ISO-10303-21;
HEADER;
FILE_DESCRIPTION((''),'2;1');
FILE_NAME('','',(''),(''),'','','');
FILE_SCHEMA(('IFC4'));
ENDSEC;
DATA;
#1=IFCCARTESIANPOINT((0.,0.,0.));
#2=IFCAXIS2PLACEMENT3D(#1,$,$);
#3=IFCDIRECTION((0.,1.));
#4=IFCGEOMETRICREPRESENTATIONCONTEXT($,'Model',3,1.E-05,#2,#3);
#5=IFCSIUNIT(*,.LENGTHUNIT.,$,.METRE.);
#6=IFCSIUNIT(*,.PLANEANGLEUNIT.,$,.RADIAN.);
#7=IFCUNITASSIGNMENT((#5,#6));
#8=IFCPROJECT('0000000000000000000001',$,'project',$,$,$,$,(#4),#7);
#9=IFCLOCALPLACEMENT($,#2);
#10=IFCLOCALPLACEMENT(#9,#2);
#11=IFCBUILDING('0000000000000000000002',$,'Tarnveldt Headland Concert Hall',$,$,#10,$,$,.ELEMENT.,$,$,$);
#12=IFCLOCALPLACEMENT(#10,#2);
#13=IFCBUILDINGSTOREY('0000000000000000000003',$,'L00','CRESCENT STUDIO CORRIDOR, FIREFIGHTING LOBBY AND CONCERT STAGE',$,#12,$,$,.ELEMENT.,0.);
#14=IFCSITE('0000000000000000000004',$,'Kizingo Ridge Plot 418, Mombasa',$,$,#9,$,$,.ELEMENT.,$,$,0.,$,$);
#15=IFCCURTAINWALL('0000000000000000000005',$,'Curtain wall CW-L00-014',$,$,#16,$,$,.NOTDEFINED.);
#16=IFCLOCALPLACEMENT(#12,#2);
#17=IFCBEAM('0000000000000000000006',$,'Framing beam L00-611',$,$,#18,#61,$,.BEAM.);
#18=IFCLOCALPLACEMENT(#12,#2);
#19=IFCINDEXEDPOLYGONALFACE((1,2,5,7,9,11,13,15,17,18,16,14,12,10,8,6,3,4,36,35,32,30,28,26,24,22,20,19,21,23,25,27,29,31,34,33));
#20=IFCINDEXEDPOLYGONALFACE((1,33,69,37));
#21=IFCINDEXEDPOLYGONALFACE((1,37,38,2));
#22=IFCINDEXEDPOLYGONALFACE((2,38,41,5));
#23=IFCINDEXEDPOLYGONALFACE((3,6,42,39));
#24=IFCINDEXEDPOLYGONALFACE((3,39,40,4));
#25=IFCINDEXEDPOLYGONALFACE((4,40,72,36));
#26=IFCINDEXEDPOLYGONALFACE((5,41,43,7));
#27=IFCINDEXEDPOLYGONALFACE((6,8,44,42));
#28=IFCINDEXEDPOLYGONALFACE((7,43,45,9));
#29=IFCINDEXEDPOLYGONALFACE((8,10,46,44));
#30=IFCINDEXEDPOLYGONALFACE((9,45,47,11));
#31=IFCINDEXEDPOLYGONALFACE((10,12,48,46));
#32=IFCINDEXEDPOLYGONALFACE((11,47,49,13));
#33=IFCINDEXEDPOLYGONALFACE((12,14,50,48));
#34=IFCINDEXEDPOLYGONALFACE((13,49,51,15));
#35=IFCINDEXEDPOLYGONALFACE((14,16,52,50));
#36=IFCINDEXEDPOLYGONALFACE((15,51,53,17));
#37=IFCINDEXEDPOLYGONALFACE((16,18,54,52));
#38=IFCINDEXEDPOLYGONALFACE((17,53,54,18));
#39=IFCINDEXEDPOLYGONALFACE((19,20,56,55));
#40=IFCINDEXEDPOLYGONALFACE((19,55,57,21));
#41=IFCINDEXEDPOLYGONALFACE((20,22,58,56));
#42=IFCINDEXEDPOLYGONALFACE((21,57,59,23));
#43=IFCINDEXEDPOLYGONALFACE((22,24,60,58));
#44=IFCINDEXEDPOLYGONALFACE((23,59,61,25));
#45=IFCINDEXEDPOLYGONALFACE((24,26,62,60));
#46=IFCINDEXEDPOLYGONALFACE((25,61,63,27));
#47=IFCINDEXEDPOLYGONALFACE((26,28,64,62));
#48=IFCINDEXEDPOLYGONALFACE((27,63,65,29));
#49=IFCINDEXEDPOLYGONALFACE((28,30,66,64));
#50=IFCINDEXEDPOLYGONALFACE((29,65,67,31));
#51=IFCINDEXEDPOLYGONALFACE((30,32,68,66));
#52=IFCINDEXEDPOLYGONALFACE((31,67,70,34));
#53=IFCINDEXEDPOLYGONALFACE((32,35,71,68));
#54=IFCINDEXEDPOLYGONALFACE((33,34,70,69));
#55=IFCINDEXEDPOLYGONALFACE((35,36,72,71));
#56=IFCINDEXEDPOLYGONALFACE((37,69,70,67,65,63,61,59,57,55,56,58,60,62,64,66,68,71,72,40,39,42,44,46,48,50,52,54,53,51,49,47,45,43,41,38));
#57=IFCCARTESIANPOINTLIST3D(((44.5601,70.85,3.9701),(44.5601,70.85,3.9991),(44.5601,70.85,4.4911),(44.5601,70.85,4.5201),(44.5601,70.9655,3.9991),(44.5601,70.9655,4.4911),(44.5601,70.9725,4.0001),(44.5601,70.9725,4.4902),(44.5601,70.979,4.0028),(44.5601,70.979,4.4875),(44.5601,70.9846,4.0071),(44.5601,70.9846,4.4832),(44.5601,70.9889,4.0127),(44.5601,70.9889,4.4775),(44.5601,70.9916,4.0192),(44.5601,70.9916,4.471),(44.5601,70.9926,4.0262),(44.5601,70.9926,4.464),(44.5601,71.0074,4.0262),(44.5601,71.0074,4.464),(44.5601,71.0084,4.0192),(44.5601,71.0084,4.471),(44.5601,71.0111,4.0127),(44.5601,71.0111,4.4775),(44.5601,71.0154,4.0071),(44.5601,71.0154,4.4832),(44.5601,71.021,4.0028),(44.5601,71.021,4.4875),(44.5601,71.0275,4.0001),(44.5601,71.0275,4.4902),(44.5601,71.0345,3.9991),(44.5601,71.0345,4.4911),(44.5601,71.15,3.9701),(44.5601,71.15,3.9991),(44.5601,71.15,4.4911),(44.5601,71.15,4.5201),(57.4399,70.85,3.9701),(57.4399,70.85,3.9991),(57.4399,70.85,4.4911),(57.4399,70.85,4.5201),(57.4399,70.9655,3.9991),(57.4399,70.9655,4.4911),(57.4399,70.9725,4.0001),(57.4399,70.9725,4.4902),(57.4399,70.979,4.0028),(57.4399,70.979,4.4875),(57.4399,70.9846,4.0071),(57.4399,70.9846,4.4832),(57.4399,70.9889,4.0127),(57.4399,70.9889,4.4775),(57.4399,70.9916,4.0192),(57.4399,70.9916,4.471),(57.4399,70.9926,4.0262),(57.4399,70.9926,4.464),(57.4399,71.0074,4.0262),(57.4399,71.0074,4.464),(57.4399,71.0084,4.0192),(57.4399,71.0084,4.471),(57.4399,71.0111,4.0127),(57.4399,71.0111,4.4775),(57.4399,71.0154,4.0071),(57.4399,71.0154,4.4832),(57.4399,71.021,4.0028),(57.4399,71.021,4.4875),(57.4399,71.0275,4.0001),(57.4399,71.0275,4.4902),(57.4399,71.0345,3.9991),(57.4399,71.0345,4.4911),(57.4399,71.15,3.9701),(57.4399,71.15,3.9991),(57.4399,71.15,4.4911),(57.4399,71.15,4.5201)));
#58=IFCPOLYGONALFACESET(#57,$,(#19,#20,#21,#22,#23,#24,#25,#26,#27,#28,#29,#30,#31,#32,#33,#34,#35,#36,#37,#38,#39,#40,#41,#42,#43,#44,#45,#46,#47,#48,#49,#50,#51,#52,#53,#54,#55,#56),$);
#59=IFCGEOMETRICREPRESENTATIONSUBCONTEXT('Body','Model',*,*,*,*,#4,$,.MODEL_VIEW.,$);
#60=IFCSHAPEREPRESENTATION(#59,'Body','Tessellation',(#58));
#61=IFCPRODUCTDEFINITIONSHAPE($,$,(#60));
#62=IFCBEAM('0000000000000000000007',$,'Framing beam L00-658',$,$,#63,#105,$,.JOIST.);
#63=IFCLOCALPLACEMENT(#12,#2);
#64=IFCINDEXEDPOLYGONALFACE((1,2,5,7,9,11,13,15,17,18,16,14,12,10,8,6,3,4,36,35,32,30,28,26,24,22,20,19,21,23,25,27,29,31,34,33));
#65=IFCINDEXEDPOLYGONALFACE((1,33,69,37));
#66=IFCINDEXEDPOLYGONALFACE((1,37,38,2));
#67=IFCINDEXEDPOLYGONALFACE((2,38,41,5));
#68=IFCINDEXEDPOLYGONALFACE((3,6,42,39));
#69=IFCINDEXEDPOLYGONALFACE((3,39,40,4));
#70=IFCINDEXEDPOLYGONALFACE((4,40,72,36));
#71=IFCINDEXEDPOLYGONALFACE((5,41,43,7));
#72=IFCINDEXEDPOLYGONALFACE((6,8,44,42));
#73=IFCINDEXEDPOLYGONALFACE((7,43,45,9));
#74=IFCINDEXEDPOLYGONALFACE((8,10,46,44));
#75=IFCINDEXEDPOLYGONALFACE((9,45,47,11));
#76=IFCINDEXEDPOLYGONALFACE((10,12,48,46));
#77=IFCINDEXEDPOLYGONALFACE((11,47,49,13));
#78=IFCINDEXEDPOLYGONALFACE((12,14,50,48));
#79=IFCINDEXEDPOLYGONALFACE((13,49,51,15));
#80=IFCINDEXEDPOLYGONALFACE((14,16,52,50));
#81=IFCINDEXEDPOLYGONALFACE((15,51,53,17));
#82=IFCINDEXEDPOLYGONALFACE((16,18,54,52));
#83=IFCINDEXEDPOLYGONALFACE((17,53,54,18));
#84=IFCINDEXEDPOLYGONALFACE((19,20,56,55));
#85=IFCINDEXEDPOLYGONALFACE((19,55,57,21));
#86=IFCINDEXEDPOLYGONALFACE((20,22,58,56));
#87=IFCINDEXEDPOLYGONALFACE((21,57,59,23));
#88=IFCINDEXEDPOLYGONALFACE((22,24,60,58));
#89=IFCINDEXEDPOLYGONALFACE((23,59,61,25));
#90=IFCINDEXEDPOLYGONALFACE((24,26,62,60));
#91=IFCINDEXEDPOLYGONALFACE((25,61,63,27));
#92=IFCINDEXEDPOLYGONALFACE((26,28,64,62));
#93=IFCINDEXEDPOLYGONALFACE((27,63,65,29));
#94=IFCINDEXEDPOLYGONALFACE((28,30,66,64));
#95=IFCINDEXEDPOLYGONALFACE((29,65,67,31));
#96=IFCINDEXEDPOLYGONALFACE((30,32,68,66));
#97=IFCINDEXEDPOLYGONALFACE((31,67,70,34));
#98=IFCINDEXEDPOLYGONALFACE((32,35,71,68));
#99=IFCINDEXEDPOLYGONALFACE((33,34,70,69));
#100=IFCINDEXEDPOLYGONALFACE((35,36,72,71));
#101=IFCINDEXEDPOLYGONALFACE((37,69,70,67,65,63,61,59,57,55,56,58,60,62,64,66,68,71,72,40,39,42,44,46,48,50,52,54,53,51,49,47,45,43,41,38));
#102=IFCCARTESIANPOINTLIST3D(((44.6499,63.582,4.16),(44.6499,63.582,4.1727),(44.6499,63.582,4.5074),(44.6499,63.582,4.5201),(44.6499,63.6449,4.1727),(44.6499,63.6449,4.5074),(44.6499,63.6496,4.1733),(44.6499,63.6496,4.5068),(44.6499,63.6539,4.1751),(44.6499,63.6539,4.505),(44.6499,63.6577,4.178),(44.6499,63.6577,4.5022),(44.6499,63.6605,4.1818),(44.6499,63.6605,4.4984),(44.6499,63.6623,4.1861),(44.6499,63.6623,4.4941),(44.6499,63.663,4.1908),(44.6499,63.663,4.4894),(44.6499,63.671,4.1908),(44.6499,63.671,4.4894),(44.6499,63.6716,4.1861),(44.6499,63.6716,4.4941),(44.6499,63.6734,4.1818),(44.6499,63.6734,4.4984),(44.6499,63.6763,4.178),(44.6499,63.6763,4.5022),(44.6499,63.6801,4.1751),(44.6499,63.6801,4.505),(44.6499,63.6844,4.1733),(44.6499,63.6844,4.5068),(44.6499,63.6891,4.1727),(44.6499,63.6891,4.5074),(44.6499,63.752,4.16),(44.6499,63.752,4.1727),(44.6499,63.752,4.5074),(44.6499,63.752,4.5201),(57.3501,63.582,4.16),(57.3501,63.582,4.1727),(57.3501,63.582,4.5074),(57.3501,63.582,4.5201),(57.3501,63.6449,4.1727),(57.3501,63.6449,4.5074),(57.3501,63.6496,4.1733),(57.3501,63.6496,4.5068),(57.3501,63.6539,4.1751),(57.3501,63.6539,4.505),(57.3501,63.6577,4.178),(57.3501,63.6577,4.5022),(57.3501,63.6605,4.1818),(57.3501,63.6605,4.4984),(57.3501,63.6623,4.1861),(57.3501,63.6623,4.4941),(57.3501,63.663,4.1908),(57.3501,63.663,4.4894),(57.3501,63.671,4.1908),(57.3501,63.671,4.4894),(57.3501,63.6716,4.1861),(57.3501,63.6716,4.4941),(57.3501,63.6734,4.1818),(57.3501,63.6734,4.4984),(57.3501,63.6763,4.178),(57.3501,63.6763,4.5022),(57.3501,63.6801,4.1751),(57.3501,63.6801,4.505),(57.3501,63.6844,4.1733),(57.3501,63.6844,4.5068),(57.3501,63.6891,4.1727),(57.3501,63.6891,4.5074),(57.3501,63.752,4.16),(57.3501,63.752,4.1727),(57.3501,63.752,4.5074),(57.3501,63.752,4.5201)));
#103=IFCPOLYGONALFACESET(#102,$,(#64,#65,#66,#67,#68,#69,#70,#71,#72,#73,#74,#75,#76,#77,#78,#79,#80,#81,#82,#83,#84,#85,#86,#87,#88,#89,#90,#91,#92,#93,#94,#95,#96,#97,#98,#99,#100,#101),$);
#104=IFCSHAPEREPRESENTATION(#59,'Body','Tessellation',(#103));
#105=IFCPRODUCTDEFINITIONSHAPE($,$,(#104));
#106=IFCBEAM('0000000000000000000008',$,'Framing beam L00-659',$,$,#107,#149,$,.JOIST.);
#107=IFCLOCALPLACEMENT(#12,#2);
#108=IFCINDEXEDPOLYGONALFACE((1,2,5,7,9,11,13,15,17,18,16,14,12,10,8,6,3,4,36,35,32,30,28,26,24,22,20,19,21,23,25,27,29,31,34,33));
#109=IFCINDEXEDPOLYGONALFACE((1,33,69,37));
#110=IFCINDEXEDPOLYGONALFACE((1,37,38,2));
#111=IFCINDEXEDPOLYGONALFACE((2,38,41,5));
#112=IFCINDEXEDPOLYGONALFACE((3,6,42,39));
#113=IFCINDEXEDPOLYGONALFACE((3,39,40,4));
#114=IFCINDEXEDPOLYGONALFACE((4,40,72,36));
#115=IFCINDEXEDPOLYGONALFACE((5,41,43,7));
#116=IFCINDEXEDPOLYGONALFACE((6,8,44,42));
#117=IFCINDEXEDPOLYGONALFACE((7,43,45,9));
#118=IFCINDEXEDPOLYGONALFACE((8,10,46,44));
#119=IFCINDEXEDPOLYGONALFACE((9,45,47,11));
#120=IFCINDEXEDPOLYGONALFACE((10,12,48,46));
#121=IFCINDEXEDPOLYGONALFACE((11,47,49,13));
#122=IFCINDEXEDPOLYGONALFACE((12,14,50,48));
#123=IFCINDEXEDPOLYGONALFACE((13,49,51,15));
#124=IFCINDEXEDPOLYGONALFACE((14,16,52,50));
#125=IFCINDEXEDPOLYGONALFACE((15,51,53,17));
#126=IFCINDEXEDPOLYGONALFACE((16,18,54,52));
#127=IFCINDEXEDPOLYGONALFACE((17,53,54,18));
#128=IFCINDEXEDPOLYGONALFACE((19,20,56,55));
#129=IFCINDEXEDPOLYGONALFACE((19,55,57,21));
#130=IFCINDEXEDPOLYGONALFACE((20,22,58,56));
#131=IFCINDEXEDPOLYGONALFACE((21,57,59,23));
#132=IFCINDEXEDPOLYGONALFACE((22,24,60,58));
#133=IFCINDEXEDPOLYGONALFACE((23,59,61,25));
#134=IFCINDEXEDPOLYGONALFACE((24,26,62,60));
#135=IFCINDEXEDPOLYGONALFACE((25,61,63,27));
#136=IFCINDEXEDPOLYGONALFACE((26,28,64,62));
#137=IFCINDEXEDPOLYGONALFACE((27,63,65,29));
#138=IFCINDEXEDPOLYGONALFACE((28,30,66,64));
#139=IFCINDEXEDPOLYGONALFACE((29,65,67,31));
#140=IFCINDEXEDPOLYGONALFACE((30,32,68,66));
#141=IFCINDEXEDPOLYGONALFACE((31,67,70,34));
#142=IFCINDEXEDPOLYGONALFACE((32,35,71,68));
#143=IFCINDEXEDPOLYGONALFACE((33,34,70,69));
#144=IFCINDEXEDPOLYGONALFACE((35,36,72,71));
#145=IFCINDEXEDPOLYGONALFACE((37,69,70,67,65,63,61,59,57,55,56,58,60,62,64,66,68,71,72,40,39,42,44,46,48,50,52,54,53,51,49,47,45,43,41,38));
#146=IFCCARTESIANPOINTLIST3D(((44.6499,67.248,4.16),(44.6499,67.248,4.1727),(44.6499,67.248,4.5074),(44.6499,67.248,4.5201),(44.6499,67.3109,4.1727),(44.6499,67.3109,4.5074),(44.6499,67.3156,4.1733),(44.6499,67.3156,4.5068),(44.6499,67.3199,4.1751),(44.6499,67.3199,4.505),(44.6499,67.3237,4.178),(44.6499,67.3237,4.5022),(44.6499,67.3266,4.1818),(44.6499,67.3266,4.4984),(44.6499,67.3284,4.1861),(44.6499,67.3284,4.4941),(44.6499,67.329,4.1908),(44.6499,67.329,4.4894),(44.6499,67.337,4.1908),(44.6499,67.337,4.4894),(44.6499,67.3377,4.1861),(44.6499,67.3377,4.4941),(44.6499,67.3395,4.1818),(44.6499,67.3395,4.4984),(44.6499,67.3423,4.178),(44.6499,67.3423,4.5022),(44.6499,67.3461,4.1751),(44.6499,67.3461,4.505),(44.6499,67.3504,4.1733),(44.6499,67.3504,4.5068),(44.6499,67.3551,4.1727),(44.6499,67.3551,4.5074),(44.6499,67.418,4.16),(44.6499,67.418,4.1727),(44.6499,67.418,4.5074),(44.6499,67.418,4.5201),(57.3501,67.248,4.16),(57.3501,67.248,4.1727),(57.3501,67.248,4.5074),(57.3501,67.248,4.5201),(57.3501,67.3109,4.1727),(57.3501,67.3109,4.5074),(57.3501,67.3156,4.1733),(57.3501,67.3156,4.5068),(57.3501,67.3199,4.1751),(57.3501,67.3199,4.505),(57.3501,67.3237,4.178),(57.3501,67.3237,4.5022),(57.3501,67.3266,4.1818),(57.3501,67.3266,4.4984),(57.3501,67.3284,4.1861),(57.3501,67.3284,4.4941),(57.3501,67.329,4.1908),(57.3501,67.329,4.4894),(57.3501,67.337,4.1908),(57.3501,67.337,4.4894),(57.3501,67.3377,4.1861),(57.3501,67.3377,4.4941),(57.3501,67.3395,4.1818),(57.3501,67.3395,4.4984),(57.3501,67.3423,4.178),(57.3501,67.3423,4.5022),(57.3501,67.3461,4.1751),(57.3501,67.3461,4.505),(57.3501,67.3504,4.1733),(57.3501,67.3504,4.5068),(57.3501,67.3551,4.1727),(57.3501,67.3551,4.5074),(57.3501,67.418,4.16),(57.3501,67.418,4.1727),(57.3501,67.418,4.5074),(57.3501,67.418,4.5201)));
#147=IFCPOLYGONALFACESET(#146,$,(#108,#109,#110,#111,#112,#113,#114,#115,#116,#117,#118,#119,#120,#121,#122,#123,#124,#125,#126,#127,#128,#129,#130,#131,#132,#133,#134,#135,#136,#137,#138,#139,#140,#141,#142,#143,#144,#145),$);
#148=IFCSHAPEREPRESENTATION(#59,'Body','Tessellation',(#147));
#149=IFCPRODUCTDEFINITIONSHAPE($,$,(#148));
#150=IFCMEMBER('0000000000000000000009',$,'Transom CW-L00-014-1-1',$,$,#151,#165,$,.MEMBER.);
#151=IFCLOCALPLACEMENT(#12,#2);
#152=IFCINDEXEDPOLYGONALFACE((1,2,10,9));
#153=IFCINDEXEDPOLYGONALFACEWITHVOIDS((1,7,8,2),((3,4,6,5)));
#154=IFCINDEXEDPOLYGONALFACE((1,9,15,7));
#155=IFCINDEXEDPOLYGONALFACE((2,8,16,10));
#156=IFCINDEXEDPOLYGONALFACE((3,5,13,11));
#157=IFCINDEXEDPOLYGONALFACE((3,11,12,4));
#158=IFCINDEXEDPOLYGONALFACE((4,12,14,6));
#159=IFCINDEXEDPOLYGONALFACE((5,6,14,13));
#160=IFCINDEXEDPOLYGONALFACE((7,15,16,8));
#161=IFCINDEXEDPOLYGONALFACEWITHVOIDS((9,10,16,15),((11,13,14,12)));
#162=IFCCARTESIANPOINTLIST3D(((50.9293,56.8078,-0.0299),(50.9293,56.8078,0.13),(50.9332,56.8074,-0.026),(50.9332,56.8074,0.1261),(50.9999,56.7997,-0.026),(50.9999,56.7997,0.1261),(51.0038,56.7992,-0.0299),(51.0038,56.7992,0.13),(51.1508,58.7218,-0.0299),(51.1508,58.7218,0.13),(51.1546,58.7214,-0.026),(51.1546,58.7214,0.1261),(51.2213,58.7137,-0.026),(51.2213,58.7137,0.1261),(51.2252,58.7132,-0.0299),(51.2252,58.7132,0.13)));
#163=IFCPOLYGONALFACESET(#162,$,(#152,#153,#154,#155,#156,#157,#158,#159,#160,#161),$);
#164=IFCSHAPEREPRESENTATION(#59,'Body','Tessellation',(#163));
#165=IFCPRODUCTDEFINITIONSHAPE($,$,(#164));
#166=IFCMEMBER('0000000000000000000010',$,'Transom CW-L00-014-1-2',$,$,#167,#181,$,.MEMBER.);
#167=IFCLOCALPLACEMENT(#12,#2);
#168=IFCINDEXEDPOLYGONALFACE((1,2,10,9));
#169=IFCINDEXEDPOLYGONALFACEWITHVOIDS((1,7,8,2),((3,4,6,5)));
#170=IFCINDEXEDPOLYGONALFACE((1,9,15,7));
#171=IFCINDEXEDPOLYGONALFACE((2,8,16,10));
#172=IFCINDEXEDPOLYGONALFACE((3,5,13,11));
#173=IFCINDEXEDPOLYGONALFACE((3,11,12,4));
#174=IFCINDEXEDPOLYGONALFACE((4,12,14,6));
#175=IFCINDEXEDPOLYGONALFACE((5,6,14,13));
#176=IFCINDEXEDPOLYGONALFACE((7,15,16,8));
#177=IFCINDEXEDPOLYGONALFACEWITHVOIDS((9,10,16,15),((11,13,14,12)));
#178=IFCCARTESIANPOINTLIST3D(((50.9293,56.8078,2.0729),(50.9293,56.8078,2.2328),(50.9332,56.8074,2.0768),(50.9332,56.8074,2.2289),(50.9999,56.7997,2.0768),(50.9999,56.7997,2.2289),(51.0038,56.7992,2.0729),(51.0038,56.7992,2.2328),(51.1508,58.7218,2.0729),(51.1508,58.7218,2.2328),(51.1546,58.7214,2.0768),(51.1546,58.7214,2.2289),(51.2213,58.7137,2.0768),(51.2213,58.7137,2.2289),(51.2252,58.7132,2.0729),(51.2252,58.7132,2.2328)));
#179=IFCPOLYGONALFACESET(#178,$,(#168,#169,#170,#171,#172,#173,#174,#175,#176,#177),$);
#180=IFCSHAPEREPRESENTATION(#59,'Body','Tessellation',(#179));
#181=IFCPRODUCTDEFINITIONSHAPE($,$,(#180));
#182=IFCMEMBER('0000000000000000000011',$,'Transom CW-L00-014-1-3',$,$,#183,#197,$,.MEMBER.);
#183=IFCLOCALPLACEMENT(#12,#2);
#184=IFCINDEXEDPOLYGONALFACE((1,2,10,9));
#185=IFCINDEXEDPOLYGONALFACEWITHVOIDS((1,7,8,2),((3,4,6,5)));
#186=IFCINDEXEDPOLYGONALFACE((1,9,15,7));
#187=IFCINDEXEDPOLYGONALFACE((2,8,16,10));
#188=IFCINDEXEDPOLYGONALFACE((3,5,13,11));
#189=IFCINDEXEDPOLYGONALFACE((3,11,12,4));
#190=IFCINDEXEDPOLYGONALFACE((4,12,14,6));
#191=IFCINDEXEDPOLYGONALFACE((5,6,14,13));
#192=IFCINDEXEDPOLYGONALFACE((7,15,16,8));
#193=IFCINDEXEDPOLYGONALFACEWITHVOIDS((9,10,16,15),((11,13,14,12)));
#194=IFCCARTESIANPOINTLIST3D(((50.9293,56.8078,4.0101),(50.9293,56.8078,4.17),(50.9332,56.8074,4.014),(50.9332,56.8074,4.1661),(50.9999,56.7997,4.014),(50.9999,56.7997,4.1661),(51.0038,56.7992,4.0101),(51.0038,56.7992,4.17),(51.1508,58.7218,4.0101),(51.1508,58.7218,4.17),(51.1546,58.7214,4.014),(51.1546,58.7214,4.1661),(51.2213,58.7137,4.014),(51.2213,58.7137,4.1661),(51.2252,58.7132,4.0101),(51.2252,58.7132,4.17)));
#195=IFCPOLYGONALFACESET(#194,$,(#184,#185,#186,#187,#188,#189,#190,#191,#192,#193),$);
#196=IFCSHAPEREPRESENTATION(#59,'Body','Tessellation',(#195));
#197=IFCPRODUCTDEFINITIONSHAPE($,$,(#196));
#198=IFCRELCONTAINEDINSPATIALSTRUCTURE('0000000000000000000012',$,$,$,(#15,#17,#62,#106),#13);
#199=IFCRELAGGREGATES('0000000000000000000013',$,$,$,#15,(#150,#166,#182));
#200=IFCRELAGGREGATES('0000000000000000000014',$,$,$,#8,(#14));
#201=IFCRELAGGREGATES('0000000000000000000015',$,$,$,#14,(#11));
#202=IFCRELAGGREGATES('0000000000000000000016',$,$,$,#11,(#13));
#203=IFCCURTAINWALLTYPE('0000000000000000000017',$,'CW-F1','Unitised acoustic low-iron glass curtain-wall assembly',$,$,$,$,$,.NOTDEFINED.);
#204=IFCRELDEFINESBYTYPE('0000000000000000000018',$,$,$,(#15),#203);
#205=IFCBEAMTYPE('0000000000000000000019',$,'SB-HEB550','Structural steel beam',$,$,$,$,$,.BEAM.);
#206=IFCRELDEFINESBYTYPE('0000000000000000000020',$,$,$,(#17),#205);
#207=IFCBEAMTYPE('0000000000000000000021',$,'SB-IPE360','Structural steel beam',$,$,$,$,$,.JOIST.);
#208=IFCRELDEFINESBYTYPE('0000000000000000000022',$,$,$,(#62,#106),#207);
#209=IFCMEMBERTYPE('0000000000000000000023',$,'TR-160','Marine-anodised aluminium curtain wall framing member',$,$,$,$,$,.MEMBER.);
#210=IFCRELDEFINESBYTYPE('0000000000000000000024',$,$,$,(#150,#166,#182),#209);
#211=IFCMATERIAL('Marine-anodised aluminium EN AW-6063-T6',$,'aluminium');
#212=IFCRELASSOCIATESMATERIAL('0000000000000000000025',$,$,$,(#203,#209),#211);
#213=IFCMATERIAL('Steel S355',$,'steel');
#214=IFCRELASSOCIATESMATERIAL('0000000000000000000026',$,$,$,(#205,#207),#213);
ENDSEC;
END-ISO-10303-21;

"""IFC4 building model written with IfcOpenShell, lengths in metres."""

from ifc_helpers import new_model, si_unit, direction, frame, origin, origin_2d, place, context, subcontext, project, spatial, hollow_rectangle, i_section, extrude, material, material_profile, profile_set, type_object, element, aggregate, save


model = new_model("IFC4")

# Units and contexts
model_context = context("Model", 3, precision=1e-05, world=origin(), true_north=direction((0.0, 1.0)))
body_context = subcontext(model_context, "Body", "Model", "MODEL_VIEW")
ifc_project = project(units=[si_unit("LENGTHUNIT", "METRE"), si_unit("PLANEANGLEUNIT", "RADIAN")], contexts=[model_context])

# Site, building, storey
site_placement = place(None, origin())
site = spatial("IfcSite", under=ifc_project, at=site_placement, Name="Kizingo Ridge Plot 418, Mombasa", CompositionType="ELEMENT", RefElevation=0.0)
building_placement = place(site_placement, origin())
building = spatial("IfcBuilding", under=site, at=building_placement, Name="Tarnveldt Headland Concert Hall", CompositionType="ELEMENT")
storey_placement = place(building_placement, origin())
storey = spatial("IfcBuildingStorey", under=building, at=storey_placement, Name="L00", Description="CRESCENT STUDIO CORRIDOR, FIREFIGHTING LOBBY AND CONCERT STAGE", CompositionType="ELEMENT", Elevation=0.0)

# Shared definitions
ifc_material_1 = material(Name="Steel S355", Category="steel")

# Curtain wall
ifc_material_2 = material(Name="Marine-anodised aluminium EN AW-6063-T6", Category="aluminium")
curtain_wall_type = type_object("IfcCurtainWallType", Name="CW-F1", Description="Unitised acoustic low-iron glass curtain-wall assembly", PredefinedType="NOTDEFINED", material=ifc_material_2)
curtain_wall_1_placement = place(storey_placement, origin())
curtain_wall_1 = element("IfcCurtainWall", 1, at=curtain_wall_1_placement, inside=storey, type_object=curtain_wall_type, Name="Curtain wall CW-L00-014", PredefinedType="NOTDEFINED")

# Beams
ifc_material_profile_1 = material_profile(ifc_material_1, i_section(OverallWidth=0.3, OverallDepth=0.55, WebThickness=0.0149, FlangeThickness=0.0291, FilletRadius=0.0271, at=origin_2d()), Name="HEB550", Category="steel")
ifc_profile_set_1 = profile_set([ifc_material_profile_1], Name="Steel S355")
beam_type_1 = type_object("IfcBeamType", Name="SB-HEB550", Description="Structural steel beam", PredefinedType="BEAM", material=ifc_profile_set_1)
beam_1_placement = place(storey_placement, frame((44.5601, 71.0, 4.2451), z_axis=(1.0, 0.0, 0.0), x_axis=(0.0, 1.0, 0.0)))
element("IfcBeam", 2, at=beam_1_placement, inside=storey, type_object=beam_type_1, Name="Framing beam L00-611", PredefinedType="BEAM", context=body_context, shape_type="SweptSolid", body=[
    extrude(i_section(OverallWidth=0.3, OverallDepth=0.55, WebThickness=0.0149, FlangeThickness=0.0291, FilletRadius=0.0271, at=origin_2d()), origin(), (0.0, 0.0, 1.0), 12.8799),
])
ifc_material_profile_2 = material_profile(ifc_material_1, i_section(OverallWidth=0.1699, OverallDepth=0.3601, WebThickness=0.0081, FlangeThickness=0.0127, FilletRadius=0.0181, at=origin_2d()), Name="IPE360", Category="steel")
ifc_profile_set_2 = profile_set([ifc_material_profile_2], Name="Steel S355")
beam_type_2 = type_object("IfcBeamType", Name="SB-IPE360", Description="Structural steel beam", PredefinedType="JOIST", material=ifc_profile_set_2)
for number, where, z_axis, x_axis, name in (
    (3, (44.6499, 63.667, 4.3401), (1.0, 0.0, 0.0), (0.0, 1.0, 0.0), "Framing beam L00-658"),
    (4, (44.6499, 67.333, 4.3401), (1.0, 0.0, 0.0), (0.0, 1.0, 0.0), "Framing beam L00-659"),
):
    element("IfcBeam", number, at=place(storey_placement, frame(where, z_axis=z_axis, x_axis=x_axis)), inside=storey, type_object=beam_type_2, Name=name, PredefinedType="JOIST", context=body_context, shape_type="SweptSolid", body=[
        extrude(i_section(OverallWidth=0.1699, OverallDepth=0.3601, WebThickness=0.0081, FlangeThickness=0.0127, FilletRadius=0.0181, at=origin_2d()), origin(), (0.0, 0.0, 1.0), 12.7002),
    ])

# Members
ifc_material_profile_3 = material_profile(ifc_material_2, hollow_rectangle(XDim=0.075, YDim=0.1599, WallThickness=0.0039, at=origin_2d()), Name="ALU TRANSOM 75x160x4", Category="aluminium")
ifc_profile_set_3 = profile_set([ifc_material_profile_3], Name="Marine-anodised aluminium EN AW-6063-T6")
member_type_1 = type_object("IfcMemberType", Name="TR-160", Description="Marine-anodised aluminium curtain wall framing member", PredefinedType="MEMBER", material=ifc_profile_set_3)
member_1_placement = place(storey_placement, frame((51.188, 58.7175, 0.05), z_axis=(-0.114922, -0.993374, 0.0), x_axis=(0.993374, -0.114922, 0.0)))
member_1 = element("IfcMember", 5, at=member_1_placement, type_object=member_type_1, Name="Transom CW-L00-014-1-1", PredefinedType="MEMBER", context=body_context, shape_type="SweptSolid", body=[
    extrude(hollow_rectangle(XDim=0.075, YDim=0.1599, WallThickness=0.0039, at=origin_2d()), origin(), (0.0, 0.0, 1.0), 1.9268),
])
member_2_placement = place(storey_placement, frame((51.188, 58.7175, 2.1528), z_axis=(-0.114922, -0.993374, 0.0), x_axis=(0.993374, -0.114922, 0.0)))
member_2 = element("IfcMember", 6, at=member_2_placement, type_object=member_type_1, Name="Transom CW-L00-014-1-2", PredefinedType="MEMBER", context=body_context, shape_type="SweptSolid", body=[
    extrude(hollow_rectangle(XDim=0.075, YDim=0.1599, WallThickness=0.0039, at=origin_2d()), origin(), (0.0, 0.0, 1.0), 1.9268),
])
member_3_placement = place(storey_placement, frame((51.188, 58.7175, 4.0901), z_axis=(-0.114922, -0.993374, 0.0), x_axis=(0.993374, -0.114922, 0.0)))
member_3 = element("IfcMember", 7, at=member_3_placement, type_object=member_type_1, Name="Transom CW-L00-014-1-3", PredefinedType="MEMBER", context=body_context, shape_type="SweptSolid", body=[
    extrude(hollow_rectangle(XDim=0.075, YDim=0.1599, WallThickness=0.0039, at=origin_2d()), origin(), (0.0, 0.0, 1.0), 1.9268),
])

aggregate(curtain_wall_1, [member_1, member_2, member_3])

save(model, "model.ifc")
